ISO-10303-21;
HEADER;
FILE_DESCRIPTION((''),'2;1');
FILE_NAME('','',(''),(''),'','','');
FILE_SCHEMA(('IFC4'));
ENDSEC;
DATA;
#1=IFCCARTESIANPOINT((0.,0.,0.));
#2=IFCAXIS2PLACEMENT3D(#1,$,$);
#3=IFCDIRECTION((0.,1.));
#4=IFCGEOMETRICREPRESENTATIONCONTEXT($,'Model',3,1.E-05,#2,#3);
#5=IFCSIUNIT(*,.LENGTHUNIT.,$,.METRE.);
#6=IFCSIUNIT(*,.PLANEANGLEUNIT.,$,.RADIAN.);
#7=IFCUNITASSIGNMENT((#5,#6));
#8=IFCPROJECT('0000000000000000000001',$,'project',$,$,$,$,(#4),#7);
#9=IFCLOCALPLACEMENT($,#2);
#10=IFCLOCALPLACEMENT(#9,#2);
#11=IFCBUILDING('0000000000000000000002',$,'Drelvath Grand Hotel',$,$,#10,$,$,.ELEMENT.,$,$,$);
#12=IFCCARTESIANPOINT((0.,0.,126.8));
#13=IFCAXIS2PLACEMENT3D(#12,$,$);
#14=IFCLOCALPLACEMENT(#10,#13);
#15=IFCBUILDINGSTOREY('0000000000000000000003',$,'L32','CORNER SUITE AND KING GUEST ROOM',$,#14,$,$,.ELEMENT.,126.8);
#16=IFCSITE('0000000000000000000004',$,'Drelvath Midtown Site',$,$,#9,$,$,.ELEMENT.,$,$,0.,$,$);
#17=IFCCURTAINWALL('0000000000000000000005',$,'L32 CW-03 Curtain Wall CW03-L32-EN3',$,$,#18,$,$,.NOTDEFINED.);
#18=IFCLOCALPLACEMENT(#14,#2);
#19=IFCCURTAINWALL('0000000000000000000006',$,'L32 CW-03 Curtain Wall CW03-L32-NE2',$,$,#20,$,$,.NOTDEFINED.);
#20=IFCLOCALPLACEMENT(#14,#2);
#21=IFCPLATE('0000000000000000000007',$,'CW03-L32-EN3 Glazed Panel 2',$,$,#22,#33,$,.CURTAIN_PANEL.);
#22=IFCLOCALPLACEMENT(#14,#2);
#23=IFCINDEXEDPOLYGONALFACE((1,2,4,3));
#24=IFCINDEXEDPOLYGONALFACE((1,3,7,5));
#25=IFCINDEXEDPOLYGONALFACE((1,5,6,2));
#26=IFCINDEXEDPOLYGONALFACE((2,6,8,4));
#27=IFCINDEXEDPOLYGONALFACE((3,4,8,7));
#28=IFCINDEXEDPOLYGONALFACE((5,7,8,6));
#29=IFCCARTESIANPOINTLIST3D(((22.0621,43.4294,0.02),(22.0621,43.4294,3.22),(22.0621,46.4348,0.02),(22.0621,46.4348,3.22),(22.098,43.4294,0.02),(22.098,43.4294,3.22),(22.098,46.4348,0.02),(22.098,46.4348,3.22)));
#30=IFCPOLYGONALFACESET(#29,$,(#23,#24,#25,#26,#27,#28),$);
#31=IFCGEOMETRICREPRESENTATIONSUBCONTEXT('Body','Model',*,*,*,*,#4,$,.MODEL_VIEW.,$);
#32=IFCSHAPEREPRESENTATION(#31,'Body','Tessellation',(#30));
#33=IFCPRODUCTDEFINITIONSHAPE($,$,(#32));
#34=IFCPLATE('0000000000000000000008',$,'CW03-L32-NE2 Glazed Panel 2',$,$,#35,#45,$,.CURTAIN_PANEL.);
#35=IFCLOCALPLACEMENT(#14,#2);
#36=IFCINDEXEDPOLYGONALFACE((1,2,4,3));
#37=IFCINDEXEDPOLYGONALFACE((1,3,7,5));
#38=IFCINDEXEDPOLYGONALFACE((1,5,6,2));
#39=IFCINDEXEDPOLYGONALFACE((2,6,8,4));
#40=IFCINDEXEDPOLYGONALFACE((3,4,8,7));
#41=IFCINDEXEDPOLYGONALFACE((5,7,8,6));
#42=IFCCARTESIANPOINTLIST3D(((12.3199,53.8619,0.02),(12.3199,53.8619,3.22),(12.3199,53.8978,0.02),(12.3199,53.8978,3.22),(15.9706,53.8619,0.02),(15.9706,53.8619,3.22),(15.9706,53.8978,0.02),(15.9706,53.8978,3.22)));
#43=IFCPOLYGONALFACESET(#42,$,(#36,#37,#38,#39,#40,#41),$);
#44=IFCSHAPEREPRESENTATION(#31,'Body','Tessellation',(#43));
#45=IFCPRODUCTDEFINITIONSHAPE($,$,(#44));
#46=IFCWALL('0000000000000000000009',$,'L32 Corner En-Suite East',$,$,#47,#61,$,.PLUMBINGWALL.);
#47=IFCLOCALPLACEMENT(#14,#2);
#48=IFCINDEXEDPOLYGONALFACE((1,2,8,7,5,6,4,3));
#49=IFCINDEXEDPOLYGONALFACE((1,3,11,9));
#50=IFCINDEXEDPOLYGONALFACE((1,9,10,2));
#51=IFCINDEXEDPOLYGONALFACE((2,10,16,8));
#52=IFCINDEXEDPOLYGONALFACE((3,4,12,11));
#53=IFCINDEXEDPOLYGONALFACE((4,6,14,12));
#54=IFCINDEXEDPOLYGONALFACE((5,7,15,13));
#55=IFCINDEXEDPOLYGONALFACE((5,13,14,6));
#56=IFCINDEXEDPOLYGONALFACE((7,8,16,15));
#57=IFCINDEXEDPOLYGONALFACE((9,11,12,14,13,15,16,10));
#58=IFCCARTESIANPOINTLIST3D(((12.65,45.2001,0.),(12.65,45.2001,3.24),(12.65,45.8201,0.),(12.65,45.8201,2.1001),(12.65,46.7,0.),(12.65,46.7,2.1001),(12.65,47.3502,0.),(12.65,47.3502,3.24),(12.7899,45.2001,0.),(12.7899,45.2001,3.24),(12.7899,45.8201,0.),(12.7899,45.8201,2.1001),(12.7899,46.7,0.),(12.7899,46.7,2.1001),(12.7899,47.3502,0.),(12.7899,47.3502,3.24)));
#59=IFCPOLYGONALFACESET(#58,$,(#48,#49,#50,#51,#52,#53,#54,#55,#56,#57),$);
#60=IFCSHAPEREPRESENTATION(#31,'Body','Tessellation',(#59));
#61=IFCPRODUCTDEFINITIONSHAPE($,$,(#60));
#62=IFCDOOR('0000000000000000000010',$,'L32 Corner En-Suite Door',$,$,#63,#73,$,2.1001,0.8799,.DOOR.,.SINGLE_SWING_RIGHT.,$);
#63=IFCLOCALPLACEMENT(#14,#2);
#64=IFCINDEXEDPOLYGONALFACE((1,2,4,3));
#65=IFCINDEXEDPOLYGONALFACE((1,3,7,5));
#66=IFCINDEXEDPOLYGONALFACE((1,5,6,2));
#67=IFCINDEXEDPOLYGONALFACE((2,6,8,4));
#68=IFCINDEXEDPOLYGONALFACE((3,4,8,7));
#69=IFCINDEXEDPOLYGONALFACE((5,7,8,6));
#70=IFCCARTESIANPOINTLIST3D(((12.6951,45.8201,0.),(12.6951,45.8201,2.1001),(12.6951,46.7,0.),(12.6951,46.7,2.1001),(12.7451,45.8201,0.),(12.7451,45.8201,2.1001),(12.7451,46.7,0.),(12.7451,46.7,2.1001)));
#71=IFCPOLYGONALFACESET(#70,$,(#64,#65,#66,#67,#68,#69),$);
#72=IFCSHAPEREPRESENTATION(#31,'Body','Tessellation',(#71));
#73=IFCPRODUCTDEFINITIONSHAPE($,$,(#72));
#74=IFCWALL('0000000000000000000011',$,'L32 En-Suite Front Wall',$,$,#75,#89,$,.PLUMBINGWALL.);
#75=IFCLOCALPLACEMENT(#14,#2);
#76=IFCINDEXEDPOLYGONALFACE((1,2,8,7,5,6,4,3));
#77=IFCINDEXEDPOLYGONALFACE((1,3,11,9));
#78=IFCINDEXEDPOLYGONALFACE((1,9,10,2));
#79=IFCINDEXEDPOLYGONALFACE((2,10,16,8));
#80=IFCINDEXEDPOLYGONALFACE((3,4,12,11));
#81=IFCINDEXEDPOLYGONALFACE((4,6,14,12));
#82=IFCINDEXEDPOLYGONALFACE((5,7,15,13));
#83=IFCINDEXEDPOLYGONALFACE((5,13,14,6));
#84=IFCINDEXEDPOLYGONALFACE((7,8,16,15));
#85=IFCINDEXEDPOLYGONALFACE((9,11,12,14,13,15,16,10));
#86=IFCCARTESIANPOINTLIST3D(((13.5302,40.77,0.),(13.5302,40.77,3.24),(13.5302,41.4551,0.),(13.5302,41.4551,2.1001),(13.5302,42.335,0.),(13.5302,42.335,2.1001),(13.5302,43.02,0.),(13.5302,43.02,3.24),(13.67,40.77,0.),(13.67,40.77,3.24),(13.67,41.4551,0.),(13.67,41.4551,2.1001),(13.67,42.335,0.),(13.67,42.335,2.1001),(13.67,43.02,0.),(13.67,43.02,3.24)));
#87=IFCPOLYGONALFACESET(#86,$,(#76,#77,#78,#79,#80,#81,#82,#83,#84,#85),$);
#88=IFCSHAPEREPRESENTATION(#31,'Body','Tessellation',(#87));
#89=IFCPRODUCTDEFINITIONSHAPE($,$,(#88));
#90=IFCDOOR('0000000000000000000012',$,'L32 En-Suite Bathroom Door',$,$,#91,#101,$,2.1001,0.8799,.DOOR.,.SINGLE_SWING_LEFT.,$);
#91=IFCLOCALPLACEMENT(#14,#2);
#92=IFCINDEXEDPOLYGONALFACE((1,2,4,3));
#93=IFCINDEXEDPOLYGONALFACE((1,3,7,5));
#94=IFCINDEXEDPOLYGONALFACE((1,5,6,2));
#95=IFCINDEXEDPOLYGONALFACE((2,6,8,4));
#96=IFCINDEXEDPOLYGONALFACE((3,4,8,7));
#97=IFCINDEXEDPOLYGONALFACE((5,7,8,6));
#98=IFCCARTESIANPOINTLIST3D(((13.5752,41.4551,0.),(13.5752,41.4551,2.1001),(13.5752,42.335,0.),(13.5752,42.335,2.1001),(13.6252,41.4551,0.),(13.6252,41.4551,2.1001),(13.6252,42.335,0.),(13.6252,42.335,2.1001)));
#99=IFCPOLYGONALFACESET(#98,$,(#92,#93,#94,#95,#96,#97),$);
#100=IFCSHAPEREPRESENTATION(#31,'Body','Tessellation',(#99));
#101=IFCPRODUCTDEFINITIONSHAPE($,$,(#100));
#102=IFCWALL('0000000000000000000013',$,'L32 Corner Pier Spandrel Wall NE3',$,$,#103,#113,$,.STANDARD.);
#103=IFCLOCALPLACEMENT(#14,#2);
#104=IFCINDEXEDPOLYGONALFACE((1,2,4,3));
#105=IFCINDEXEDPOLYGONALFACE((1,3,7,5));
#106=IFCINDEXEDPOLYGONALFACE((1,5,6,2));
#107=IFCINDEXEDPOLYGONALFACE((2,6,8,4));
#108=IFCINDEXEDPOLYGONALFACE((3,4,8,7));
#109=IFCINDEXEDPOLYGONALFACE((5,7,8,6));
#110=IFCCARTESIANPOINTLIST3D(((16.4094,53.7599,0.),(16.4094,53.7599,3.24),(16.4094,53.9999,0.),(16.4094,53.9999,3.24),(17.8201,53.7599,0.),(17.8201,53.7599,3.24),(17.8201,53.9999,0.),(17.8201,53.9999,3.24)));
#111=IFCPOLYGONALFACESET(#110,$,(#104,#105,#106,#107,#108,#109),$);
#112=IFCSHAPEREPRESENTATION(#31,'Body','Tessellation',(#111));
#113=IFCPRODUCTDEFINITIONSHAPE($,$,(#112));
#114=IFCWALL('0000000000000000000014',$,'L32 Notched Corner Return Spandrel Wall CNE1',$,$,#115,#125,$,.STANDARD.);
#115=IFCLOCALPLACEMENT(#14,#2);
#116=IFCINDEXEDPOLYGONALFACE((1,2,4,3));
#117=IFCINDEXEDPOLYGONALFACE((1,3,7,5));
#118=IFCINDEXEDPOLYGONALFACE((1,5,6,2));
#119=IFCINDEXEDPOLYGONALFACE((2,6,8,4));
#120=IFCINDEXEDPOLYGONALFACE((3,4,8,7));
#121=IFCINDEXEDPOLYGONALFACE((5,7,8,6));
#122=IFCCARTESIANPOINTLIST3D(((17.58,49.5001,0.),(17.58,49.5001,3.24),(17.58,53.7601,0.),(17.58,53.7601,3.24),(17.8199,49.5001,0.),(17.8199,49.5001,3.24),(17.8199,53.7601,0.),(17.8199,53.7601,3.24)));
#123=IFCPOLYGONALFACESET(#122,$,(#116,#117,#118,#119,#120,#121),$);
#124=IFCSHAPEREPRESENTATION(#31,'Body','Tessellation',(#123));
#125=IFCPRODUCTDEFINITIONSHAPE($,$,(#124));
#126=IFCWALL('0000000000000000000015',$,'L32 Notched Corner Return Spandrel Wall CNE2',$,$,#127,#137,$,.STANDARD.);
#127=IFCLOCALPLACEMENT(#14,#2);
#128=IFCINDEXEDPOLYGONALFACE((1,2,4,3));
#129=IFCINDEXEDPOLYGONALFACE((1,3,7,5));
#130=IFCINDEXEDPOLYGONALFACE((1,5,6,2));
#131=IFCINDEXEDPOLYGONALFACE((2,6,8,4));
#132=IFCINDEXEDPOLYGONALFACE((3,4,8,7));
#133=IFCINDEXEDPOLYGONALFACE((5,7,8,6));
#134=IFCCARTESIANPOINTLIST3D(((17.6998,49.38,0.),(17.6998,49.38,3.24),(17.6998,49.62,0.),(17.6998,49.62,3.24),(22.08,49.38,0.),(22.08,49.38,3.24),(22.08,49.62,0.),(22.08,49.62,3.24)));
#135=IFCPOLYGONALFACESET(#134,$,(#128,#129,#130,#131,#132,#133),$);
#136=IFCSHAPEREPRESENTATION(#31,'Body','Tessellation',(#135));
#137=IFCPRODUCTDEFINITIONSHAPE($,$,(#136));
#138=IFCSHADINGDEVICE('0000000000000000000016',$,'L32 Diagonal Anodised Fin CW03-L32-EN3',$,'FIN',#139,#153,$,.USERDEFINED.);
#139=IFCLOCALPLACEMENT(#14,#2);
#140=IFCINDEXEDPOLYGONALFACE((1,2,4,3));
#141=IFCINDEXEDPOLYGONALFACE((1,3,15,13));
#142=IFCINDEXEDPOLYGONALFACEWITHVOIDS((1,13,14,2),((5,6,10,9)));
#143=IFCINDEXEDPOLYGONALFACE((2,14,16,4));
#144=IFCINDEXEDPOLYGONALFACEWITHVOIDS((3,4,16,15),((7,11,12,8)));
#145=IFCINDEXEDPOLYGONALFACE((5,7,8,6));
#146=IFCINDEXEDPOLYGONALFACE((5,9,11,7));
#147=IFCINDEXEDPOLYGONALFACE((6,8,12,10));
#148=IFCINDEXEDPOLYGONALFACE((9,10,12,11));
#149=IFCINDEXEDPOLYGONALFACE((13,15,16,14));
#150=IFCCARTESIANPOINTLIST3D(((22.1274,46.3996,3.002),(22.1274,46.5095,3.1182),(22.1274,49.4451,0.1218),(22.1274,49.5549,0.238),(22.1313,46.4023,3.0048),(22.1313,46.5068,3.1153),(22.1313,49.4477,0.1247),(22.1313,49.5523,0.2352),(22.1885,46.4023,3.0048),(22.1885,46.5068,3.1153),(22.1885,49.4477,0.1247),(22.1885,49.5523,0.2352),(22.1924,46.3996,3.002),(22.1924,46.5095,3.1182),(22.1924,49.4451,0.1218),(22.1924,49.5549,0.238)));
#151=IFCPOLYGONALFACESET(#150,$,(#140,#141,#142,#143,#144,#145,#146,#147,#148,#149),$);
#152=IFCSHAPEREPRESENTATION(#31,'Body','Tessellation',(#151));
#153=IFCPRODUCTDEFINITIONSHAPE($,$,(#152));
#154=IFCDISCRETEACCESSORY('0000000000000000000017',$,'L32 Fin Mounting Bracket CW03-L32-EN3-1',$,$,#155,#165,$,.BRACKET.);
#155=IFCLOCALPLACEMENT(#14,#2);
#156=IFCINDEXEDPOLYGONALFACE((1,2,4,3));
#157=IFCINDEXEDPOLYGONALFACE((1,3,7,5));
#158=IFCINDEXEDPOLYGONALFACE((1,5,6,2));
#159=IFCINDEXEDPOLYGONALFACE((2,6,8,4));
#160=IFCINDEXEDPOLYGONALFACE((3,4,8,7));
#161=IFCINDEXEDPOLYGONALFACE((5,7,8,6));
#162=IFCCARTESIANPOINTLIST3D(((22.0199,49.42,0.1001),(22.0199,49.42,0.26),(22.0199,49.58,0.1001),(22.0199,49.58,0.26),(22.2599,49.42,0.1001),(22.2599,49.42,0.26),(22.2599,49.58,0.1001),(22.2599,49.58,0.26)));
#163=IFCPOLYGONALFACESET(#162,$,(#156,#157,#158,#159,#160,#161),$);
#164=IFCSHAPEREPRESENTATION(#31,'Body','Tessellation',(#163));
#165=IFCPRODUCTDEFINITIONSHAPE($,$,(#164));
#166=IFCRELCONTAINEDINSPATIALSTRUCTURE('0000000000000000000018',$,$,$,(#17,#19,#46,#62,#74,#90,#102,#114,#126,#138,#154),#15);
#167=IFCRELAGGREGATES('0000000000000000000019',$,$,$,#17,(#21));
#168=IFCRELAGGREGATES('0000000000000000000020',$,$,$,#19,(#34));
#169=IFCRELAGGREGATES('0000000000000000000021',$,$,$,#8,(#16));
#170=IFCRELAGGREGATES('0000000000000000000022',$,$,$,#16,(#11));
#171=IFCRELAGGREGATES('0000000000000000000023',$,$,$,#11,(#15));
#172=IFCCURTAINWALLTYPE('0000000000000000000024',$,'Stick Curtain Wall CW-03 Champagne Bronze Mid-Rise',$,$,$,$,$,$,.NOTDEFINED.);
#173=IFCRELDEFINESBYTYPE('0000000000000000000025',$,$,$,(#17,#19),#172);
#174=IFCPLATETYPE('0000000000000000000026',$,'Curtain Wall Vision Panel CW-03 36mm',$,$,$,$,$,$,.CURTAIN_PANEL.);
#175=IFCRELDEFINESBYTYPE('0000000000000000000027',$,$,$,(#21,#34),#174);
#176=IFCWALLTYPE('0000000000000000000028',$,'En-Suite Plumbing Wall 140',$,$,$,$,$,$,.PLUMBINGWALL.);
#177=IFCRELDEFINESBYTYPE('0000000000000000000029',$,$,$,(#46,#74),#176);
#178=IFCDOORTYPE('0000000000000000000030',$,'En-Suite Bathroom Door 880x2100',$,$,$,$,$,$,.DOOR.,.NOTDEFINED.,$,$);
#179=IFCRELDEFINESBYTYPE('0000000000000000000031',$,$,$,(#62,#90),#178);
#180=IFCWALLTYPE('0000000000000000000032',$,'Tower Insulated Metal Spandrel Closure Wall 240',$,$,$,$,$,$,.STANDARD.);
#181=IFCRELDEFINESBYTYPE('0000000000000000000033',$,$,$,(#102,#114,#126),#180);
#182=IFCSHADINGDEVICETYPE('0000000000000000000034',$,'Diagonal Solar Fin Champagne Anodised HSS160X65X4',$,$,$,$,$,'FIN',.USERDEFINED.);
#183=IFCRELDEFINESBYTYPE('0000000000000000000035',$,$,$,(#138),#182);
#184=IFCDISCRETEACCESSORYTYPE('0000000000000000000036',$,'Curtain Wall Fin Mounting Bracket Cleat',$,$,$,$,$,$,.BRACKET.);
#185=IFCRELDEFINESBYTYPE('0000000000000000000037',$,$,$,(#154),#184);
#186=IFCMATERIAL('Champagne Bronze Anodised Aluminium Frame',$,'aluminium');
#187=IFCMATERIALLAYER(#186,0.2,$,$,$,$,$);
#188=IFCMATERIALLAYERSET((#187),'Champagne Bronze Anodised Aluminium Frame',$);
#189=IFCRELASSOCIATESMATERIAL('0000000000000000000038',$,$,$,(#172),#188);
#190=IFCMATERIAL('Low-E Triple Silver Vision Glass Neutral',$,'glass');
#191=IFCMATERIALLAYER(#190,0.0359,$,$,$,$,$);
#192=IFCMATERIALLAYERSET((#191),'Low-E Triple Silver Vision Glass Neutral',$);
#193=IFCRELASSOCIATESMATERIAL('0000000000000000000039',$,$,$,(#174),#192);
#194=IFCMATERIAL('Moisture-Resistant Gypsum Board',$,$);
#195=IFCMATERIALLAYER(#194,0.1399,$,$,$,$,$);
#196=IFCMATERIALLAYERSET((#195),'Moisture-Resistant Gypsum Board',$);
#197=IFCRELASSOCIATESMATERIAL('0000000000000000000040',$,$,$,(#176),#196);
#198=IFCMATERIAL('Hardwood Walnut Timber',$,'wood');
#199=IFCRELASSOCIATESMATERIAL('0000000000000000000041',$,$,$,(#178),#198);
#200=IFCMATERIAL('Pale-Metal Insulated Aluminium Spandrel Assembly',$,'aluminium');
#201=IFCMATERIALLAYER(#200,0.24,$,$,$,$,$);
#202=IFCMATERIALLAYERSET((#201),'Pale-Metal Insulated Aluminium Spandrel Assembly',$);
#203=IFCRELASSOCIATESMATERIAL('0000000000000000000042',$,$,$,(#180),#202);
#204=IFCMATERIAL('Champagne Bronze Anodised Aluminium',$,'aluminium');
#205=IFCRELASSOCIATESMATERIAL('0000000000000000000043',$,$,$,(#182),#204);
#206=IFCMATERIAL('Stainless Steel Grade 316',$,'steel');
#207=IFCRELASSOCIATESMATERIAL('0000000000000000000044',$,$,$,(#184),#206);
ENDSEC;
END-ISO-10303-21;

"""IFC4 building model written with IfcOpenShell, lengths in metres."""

from ifc_helpers import new_model, si_unit, direction, frame, frame_2d, origin, origin_2d, place, context, subcontext, project, spatial, rectangle, hollow_rectangle, extrude, material, layer, layer_set, material_profile, profile_set, type_object, element, fill, aggregate, save


model = new_model("IFC4")

# Units and contexts
model_context = context("Model", 3, precision=1e-05, world=origin(), true_north=direction((0.0, 1.0)))
body_context = subcontext(model_context, "Body", "Model", "MODEL_VIEW")
ifc_project = project(units=[si_unit("LENGTHUNIT", "METRE"), si_unit("PLANEANGLEUNIT", "RADIAN")], contexts=[model_context])

# Site, building, storey
site_placement = place(None, origin())
site = spatial("IfcSite", under=ifc_project, at=site_placement, Name="Drelvath Midtown Site", CompositionType="ELEMENT", RefElevation=0.0)
building_placement = place(site_placement, origin())
building = spatial("IfcBuilding", under=site, at=building_placement, Name="Drelvath Grand Hotel", CompositionType="ELEMENT")
storey_placement = place(building_placement, frame((0.0, 0.0, 126.8)))
storey = spatial("IfcBuildingStorey", under=building, at=storey_placement, Name="L32", Description="CORNER SUITE AND KING GUEST ROOM", CompositionType="ELEMENT", Elevation=126.8)

# Curtain wall
ifc_material_1 = material(Name="Champagne Bronze Anodised Aluminium Frame", Category="aluminium")
ifc_layer_1 = layer(ifc_material_1, 0.2)
ifc_layer_set_1 = layer_set([ifc_layer_1], Name="Champagne Bronze Anodised Aluminium Frame")
curtain_wall_type = type_object("IfcCurtainWallType", Name="Stick Curtain Wall CW-03 Champagne Bronze Mid-Rise", PredefinedType="NOTDEFINED", material=ifc_layer_set_1)
curtain_wall_1_placement = place(storey_placement, origin())
curtain_wall_1 = element("IfcCurtainWall", 1, at=curtain_wall_1_placement, inside=storey, type_object=curtain_wall_type, Name="L32 CW-03 Curtain Wall CW03-L32-EN3", PredefinedType="NOTDEFINED")

# Curtain wall
curtain_wall_2_placement = place(storey_placement, origin())
curtain_wall_2 = element("IfcCurtainWall", 2, at=curtain_wall_2_placement, inside=storey, type_object=curtain_wall_type, Name="L32 CW-03 Curtain Wall CW03-L32-NE2", PredefinedType="NOTDEFINED")

# Plates
ifc_material_2 = material(Name="Low-E Triple Silver Vision Glass Neutral", Category="glass")
ifc_layer_2 = layer(ifc_material_2, 0.0359)
ifc_layer_set_2 = layer_set([ifc_layer_2], Name="Low-E Triple Silver Vision Glass Neutral")
plate_type = type_object("IfcPlateType", Name="Curtain Wall Vision Panel CW-03 36mm", PredefinedType="CURTAIN_PANEL", material=ifc_layer_set_2)
plate_1_placement = place(storey_placement, frame((22.0801, 44.9321, 0.02), z_axis=(0.0, 0.0, 1.0), x_axis=(0.0, -1.0, 0.0)))
plate_1 = element("IfcPlate", 3, at=plate_1_placement, type_object=plate_type, Name="CW03-L32-EN3 Glazed Panel 2", PredefinedType="CURTAIN_PANEL", context=body_context, shape_type="SweptSolid", body=[
    extrude(rectangle(XDim=3.0054, YDim=0.0359, at=origin_2d()), origin(), (0.0, 0.0, 1.0), 3.2),
])
aggregate(curtain_wall_1, [plate_1])
plate_2_placement = place(storey_placement, frame((14.1453, 53.8799, 0.02), z_axis=(0.0, 0.0, 1.0), x_axis=(1.0, 0.0, 0.0)))
plate_2 = element("IfcPlate", 4, at=plate_2_placement, type_object=plate_type, Name="CW03-L32-NE2 Glazed Panel 2", PredefinedType="CURTAIN_PANEL", context=body_context, shape_type="SweptSolid", body=[
    extrude(rectangle(XDim=3.6506, YDim=0.0359, at=origin_2d()), origin(), (0.0, 0.0, 1.0), 3.2),
])
aggregate(curtain_wall_2, [plate_2])

# Walls, openings, doors
ifc_material_3 = material(Name="Moisture-Resistant Gypsum Board")
ifc_layer_3 = layer(ifc_material_3, 0.1399)
ifc_layer_set_3 = layer_set([ifc_layer_3], Name="Moisture-Resistant Gypsum Board")
wall_type_1 = type_object("IfcWallType", Name="En-Suite Plumbing Wall 140", PredefinedType="PLUMBINGWALL", material=ifc_layer_set_3)
wall_1_placement = place(storey_placement, frame((12.72, 45.2, 0.0), z_axis=(0.0, 0.0, 1.0), x_axis=(0.0, 1.0, 0.0)))
wall_1 = element("IfcWall", 5, at=wall_1_placement, inside=storey, type_object=wall_type_1, Name="L32 Corner En-Suite East", PredefinedType="PLUMBINGWALL", context=body_context, shape_type="SweptSolid", body=[
    extrude(rectangle(XDim=2.1501, YDim=0.1399, at=frame_2d((1.0752, 0.0))), origin(), (0.0, 0.0, 1.0), 3.24),
])
opening_1_placement = place(wall_1_placement, frame((0.6201, 0.0, 0.0)))
opening_1 = element("IfcOpeningElement", 6, at=opening_1_placement, cuts=wall_1, PredefinedType="OPENING", context=body_context, shape_type="SweptSolid", body=[
    extrude(rectangle(XDim=0.8799, YDim=2.1001, at=frame_2d((0.4399, 1.05))), frame((0.0, 0.0798, 0.0), z_axis=(0.0, -1.0, 0.0), x_axis=(1.0, 0.0, 0.0)), (0.0, 0.0, 1.0), 0.1599),
])
ifc_material_4 = material(Name="Hardwood Walnut Timber", Category="wood")
door_type = type_object("IfcDoorType", Name="En-Suite Bathroom Door 880x2100", OperationType="NOTDEFINED", PredefinedType="DOOR", material=ifc_material_4)
door_1_placement = place(opening_1_placement, origin())
door_1 = element("IfcDoor", 7, at=door_1_placement, inside=storey, type_object=door_type, Name="L32 Corner En-Suite Door", OperationType="SINGLE_SWING_RIGHT", OverallHeight=2.1001, OverallWidth=0.8799, PredefinedType="DOOR", context=body_context, shape_type="SweptSolid", body=[
    extrude(rectangle(XDim=0.8799, YDim=2.1001, at=frame_2d((0.4399, 1.05))), frame((0.0, 0.0249, 0.0), z_axis=(0.0, -1.0, 0.0), x_axis=(1.0, 0.0, 0.0)), (0.0, 0.0, 1.0), 0.05),
])
fill(opening_1, door_1)
wall_2_placement = place(storey_placement, frame((13.6001, 40.77, 0.0), z_axis=(0.0, 0.0, 1.0), x_axis=(0.0, 1.0, 0.0)))
wall_2 = element("IfcWall", 8, at=wall_2_placement, inside=storey, type_object=wall_type_1, Name="L32 En-Suite Front Wall", PredefinedType="PLUMBINGWALL", context=body_context, shape_type="SweptSolid", body=[
    extrude(rectangle(XDim=2.25, YDim=0.1399, at=frame_2d((1.125, 0.0))), origin(), (0.0, 0.0, 1.0), 3.24),
])
opening_2_placement = place(wall_2_placement, frame((0.6851, 0.0, 0.0)))
opening_2 = element("IfcOpeningElement", 9, at=opening_2_placement, cuts=wall_2, PredefinedType="OPENING", context=body_context, shape_type="SweptSolid", body=[
    extrude(rectangle(XDim=0.8799, YDim=2.1001, at=frame_2d((0.4399, 1.05))), frame((0.0, 0.0798, 0.0), z_axis=(0.0, -1.0, 0.0), x_axis=(1.0, 0.0, 0.0)), (0.0, 0.0, 1.0), 0.1599),
])
door_2_placement = place(opening_2_placement, origin())
door_2 = element("IfcDoor", 10, at=door_2_placement, inside=storey, type_object=door_type, Name="L32 En-Suite Bathroom Door", OperationType="SINGLE_SWING_LEFT", OverallHeight=2.1001, OverallWidth=0.8799, PredefinedType="DOOR", context=body_context, shape_type="SweptSolid", body=[
    extrude(rectangle(XDim=0.8799, YDim=2.1001, at=frame_2d((0.4399, 1.05))), frame((0.0, 0.0249, 0.0), z_axis=(0.0, -1.0, 0.0), x_axis=(1.0, 0.0, 0.0)), (0.0, 0.0, 1.0), 0.05),
])
fill(opening_2, door_2)

# Walls
ifc_material_5 = material(Name="Pale-Metal Insulated Aluminium Spandrel Assembly", Category="aluminium")
ifc_layer_4 = layer(ifc_material_5, 0.24)
ifc_layer_set_4 = layer_set([ifc_layer_4], Name="Pale-Metal Insulated Aluminium Spandrel Assembly")
wall_type_2 = type_object("IfcWallType", Name="Tower Insulated Metal Spandrel Closure Wall 240", PredefinedType="STANDARD", material=ifc_layer_set_4)
wall_3_placement = place(storey_placement, frame((16.4094, 53.8799, 0.0), z_axis=(0.0, 0.0, 1.0), x_axis=(1.0, 0.0, 0.0)))
element("IfcWall", 11, at=wall_3_placement, inside=storey, type_object=wall_type_2, Name="L32 Corner Pier Spandrel Wall NE3", PredefinedType="STANDARD", context=body_context, shape_type="SweptSolid", body=[
    extrude(rectangle(XDim=1.4106, YDim=0.24, at=frame_2d((0.7053, 0.0))), origin(), (0.0, 0.0, 1.0), 3.24),
])
wall_4_placement = place(storey_placement, frame((17.7, 53.76, 0.0), z_axis=(0.0, 0.0, 1.0), x_axis=(0.0, -1.0, 0.0)))
element("IfcWall", 12, at=wall_4_placement, inside=storey, type_object=wall_type_2, Name="L32 Notched Corner Return Spandrel Wall CNE1", PredefinedType="STANDARD", context=body_context, shape_type="SweptSolid", body=[
    extrude(rectangle(XDim=4.26, YDim=0.24, at=frame_2d((2.1299, 0.0))), origin(), (0.0, 0.0, 1.0), 3.24),
])
wall_5_placement = place(storey_placement, frame((17.7, 49.5, 0.0), z_axis=(0.0, 0.0, 1.0), x_axis=(1.0, 0.0, 0.0)))
element("IfcWall", 13, at=wall_5_placement, inside=storey, type_object=wall_type_2, Name="L32 Notched Corner Return Spandrel Wall CNE2", PredefinedType="STANDARD", context=body_context, shape_type="SweptSolid", body=[
    extrude(rectangle(XDim=4.3801, YDim=0.24, at=frame_2d((2.1899, 0.0))), origin(), (0.0, 0.0, 1.0), 3.24),
])

# Shading device
ifc_material_6 = material(Name="Champagne Bronze Anodised Aluminium", Category="aluminium")
ifc_material_profile_1 = material_profile(ifc_material_6, hollow_rectangle(XDim=0.0649, YDim=0.1599, WallThickness=0.0039, at=origin_2d()), Name="HSS160X65X4")
ifc_profile_set_1 = profile_set([ifc_material_profile_1], Name="Champagne Bronze Anodised Aluminium")
shading_device_type = type_object("IfcShadingDeviceType", Name="Diagonal Solar Fin Champagne Anodised HSS160X65X4", ElementType="FIN", PredefinedType="USERDEFINED", material=ifc_profile_set_1)
shading_device_placement = place(storey_placement, frame((22.1599, 49.5, 0.1799), z_axis=(0.0, -0.726548, 0.687116), x_axis=(1.0, 0.0, 0.0)))
element("IfcShadingDevice", 14, at=shading_device_placement, inside=storey, type_object=shading_device_type, Name="L32 Diagonal Anodised Fin CW03-L32-EN3", ObjectType="FIN", PredefinedType="USERDEFINED", context=body_context, shape_type="SweptSolid", body=[
    extrude(hollow_rectangle(XDim=0.0649, YDim=0.1599, WallThickness=0.0039, at=origin_2d()), origin(), (0.0, 0.0, 1.0), 4.1917),
])

# Discrete accessory
ifc_material_7 = material(Name="Stainless Steel Grade 316", Category="steel")
discrete_accessory_type = type_object("IfcDiscreteAccessoryType", Name="Curtain Wall Fin Mounting Bracket Cleat", PredefinedType="BRACKET", material=ifc_material_7)
discrete_accessory_placement = place(storey_placement, frame((22.1399, 49.5, 0.1001), z_axis=(0.0, 0.0, 1.0), x_axis=(0.0, -1.0, 0.0)))
element("IfcDiscreteAccessory", 15, at=discrete_accessory_placement, inside=storey, type_object=discrete_accessory_type, Name="L32 Fin Mounting Bracket CW03-L32-EN3-1", PredefinedType="BRACKET", context=body_context, shape_type="SweptSolid", body=[
    extrude(rectangle(XDim=0.1599, YDim=0.24, at=origin_2d()), origin(), (0.0, 0.0, 1.0), 0.1599),
])

save(model, "model.ifc")
